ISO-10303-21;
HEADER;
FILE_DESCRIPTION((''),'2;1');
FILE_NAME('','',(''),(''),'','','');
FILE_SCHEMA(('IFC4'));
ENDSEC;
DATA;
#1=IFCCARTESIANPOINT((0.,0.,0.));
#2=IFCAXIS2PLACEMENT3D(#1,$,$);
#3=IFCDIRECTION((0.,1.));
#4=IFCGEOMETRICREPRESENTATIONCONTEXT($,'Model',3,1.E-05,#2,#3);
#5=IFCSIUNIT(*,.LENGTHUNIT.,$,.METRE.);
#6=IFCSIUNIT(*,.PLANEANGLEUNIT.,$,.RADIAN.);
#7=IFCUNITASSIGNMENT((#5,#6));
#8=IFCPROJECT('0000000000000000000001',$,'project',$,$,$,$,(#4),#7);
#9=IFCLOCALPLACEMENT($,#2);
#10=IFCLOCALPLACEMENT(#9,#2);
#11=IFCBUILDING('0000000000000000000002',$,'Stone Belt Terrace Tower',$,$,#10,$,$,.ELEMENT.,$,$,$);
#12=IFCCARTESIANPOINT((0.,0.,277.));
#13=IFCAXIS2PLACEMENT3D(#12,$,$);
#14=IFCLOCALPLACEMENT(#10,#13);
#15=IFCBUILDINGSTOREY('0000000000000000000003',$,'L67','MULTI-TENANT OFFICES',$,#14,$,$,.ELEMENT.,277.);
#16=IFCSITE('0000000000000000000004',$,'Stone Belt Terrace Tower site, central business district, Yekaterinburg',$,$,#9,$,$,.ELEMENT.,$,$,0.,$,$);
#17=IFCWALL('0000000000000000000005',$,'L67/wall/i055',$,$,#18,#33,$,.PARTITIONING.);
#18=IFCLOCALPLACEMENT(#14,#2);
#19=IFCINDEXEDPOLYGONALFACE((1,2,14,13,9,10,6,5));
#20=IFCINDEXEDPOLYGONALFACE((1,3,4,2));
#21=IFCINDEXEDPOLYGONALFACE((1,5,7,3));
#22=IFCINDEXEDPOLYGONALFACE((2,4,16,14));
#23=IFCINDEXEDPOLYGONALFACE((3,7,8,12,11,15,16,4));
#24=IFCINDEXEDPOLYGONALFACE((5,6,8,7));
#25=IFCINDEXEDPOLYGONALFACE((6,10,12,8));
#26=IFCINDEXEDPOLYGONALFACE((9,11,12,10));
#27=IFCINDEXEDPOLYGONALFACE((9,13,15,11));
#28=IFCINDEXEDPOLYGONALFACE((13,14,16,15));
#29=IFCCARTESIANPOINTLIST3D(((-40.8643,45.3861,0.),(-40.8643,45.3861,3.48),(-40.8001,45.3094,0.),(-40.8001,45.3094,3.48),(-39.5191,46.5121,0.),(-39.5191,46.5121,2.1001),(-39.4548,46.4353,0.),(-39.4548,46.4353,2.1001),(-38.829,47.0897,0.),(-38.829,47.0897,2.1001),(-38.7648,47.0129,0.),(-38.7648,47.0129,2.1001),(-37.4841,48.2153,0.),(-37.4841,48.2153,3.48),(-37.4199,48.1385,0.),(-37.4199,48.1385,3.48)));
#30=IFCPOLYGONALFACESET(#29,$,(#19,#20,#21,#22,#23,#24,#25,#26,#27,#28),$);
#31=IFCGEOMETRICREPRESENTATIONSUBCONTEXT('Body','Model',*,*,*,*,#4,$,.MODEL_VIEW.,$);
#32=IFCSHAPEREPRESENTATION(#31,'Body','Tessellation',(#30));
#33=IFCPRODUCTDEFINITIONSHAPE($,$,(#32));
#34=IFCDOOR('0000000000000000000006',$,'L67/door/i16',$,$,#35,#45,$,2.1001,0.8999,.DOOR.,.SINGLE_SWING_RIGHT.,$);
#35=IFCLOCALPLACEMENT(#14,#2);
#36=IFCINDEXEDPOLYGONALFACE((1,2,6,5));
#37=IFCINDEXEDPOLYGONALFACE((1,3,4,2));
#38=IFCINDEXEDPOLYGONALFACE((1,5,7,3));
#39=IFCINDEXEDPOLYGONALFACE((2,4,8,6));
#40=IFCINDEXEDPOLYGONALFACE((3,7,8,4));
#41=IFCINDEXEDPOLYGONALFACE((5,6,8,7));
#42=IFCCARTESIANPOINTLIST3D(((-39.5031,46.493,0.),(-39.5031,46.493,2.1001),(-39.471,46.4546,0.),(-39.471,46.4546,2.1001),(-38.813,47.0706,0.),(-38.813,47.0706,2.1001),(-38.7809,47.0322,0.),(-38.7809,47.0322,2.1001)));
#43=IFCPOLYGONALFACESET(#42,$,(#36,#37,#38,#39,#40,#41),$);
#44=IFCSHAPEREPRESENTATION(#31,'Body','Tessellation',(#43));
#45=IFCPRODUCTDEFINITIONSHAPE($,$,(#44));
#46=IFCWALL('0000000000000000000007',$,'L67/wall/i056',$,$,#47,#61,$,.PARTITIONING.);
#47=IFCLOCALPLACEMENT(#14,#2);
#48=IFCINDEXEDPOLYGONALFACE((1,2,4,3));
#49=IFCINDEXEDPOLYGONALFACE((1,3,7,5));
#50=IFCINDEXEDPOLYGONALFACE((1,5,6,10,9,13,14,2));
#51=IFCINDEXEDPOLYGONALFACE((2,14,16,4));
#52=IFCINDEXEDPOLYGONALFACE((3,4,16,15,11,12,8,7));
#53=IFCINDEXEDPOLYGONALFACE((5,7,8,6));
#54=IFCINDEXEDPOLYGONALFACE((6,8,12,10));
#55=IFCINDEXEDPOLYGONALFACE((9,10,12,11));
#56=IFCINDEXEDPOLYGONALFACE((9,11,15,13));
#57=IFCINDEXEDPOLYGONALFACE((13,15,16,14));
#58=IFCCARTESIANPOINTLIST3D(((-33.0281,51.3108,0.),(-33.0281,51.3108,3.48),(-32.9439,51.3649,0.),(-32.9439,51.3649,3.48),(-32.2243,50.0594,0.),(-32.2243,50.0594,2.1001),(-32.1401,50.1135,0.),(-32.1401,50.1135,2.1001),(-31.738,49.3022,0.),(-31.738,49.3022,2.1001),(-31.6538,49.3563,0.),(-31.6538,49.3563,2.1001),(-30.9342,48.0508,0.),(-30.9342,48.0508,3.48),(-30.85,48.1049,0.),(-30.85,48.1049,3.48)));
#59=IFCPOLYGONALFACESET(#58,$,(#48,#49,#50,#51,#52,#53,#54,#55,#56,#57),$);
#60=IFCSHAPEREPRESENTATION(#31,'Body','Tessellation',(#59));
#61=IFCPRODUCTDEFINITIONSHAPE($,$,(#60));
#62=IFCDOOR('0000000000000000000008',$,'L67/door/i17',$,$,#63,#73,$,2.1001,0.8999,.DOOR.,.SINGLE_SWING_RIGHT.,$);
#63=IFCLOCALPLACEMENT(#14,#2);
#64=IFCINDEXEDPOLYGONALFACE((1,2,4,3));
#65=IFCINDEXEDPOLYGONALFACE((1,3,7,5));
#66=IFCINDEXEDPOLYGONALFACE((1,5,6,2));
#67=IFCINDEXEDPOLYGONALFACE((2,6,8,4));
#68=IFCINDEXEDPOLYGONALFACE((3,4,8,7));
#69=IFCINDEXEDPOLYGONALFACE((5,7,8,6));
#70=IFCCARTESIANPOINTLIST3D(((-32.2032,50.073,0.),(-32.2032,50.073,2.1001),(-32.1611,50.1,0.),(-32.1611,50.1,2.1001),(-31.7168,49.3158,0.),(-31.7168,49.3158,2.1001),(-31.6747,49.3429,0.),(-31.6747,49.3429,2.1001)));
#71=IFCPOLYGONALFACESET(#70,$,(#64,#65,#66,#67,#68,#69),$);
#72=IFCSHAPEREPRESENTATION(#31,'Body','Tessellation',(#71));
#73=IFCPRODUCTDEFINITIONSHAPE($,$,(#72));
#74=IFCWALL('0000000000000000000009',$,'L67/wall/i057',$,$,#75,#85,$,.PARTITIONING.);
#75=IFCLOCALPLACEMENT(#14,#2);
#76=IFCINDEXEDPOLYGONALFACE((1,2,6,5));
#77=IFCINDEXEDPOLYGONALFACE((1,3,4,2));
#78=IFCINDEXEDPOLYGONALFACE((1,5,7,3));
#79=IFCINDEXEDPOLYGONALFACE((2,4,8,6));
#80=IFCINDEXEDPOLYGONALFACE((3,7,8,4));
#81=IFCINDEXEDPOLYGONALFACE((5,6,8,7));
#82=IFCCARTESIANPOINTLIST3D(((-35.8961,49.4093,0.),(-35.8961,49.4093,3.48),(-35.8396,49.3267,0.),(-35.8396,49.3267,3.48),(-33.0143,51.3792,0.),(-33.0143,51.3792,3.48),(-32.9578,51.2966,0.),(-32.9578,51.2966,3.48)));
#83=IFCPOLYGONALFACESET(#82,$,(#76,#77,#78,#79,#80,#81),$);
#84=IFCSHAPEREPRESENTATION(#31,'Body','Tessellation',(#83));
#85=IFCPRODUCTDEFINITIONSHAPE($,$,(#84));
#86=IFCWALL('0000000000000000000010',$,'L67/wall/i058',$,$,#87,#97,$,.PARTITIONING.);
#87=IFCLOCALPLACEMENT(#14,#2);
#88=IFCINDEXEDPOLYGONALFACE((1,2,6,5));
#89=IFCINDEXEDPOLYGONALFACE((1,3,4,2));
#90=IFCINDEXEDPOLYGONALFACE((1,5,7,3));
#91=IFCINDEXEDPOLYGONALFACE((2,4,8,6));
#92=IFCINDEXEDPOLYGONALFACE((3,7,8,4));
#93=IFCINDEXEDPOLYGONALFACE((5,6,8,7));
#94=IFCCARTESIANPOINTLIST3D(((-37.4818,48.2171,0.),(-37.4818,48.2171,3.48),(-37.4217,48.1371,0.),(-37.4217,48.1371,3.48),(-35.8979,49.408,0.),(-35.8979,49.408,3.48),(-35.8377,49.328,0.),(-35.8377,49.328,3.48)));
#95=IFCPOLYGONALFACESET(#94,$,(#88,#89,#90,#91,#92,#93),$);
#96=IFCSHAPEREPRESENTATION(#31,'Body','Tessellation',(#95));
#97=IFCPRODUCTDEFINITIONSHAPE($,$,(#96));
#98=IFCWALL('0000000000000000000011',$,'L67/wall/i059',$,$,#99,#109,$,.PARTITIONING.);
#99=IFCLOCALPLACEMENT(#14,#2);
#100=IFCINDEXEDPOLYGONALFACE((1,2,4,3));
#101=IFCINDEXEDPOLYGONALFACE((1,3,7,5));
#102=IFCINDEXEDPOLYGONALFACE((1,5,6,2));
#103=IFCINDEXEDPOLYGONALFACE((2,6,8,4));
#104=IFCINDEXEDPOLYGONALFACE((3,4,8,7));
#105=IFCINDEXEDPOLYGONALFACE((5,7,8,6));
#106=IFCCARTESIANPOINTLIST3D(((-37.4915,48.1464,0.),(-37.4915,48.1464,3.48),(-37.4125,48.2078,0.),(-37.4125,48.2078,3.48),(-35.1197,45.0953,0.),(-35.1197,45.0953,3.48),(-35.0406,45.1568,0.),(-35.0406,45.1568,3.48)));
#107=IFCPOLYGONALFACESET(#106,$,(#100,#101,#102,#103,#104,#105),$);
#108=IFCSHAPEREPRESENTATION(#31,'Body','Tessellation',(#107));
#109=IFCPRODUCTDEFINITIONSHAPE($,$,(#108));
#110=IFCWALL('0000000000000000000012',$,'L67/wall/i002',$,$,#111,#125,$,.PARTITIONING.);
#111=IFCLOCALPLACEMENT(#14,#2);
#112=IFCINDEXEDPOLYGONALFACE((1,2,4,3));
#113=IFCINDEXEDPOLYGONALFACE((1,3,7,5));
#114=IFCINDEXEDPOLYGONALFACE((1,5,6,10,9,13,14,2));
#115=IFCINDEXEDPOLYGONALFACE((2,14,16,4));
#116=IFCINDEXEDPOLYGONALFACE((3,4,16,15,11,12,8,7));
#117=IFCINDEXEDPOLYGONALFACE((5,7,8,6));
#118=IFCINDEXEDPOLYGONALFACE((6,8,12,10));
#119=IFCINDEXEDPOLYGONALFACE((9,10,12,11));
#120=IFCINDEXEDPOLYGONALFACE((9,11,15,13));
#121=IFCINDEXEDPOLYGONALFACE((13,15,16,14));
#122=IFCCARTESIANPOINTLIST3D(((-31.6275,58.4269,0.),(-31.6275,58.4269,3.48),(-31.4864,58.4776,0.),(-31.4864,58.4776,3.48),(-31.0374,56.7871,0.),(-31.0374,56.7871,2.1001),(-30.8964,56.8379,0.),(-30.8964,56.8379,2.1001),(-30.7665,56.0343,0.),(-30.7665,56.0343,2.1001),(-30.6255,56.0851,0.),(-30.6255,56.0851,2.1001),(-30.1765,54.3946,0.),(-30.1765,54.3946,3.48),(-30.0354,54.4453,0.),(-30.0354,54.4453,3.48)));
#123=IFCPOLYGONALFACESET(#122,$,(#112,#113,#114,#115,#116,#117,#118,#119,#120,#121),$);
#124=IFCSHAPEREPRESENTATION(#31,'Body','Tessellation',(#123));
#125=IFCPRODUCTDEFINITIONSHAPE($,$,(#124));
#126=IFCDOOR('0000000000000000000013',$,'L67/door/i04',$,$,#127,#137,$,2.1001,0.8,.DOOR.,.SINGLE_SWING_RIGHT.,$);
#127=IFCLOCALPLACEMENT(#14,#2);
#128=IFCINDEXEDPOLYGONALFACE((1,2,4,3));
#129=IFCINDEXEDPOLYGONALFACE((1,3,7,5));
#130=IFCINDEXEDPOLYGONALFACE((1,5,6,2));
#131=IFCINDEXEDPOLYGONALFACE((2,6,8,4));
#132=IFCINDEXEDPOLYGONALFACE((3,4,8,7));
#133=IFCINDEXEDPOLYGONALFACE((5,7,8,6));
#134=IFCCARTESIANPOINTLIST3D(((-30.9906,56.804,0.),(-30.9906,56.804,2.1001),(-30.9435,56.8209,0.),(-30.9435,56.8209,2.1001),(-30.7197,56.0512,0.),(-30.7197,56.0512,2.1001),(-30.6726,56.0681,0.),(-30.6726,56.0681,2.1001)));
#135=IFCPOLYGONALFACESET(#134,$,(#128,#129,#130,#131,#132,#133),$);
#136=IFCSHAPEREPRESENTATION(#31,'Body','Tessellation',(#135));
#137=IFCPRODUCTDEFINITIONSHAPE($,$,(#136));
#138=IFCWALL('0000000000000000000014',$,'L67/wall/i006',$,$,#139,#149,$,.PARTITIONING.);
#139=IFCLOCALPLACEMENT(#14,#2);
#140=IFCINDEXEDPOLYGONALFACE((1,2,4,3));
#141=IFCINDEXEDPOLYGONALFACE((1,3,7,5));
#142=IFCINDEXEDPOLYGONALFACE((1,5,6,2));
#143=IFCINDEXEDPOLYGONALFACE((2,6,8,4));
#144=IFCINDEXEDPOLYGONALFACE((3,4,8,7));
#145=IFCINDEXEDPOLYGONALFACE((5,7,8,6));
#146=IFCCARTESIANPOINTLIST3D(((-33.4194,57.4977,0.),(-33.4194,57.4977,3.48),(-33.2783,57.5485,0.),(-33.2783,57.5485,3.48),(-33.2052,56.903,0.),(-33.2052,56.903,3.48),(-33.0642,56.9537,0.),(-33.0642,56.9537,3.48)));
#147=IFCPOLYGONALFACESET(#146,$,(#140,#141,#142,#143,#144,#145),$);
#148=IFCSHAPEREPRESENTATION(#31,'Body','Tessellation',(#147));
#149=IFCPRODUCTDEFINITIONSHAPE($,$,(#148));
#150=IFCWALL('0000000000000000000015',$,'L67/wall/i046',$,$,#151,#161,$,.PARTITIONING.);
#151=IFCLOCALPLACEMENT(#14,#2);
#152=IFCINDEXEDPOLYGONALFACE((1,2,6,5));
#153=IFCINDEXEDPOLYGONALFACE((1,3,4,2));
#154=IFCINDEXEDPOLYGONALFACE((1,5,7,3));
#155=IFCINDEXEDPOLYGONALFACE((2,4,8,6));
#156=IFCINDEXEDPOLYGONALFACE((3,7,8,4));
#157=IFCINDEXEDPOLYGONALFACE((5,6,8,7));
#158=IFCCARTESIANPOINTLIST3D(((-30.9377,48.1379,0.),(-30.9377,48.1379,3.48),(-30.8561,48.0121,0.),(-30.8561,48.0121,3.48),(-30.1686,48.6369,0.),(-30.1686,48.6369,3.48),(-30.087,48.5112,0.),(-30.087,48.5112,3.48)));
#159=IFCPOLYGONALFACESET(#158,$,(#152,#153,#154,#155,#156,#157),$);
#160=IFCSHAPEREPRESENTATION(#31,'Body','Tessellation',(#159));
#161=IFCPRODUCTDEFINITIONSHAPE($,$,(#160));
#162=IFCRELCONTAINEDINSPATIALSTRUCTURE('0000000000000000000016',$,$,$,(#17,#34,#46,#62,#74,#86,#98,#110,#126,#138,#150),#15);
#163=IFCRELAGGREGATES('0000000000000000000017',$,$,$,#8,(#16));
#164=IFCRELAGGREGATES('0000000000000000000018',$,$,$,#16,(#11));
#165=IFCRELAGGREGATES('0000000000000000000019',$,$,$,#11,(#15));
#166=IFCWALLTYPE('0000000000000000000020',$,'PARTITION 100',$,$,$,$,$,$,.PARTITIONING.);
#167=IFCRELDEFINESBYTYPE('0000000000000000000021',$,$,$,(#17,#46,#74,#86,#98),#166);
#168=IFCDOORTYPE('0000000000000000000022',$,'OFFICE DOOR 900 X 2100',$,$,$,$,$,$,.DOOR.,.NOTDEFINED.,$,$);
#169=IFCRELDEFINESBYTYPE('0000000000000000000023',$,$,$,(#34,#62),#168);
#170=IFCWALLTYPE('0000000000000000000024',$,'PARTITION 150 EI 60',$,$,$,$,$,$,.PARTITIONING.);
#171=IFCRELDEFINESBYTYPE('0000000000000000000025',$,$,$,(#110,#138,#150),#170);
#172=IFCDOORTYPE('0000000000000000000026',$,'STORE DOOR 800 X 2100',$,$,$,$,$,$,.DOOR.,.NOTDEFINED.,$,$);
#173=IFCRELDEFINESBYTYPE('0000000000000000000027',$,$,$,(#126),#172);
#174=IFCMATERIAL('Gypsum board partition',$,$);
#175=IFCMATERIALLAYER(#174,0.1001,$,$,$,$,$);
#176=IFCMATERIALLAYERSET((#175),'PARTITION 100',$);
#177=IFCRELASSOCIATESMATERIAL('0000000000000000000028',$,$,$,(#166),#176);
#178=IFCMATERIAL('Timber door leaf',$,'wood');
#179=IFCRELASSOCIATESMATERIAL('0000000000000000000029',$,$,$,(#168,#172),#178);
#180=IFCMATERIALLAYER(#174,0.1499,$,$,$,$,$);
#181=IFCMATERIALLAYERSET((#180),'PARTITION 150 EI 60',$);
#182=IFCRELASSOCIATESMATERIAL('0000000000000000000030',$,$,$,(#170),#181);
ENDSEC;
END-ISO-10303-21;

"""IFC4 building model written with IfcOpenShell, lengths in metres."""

from ifc_helpers import new_model, si_unit, direction, frame, frame_2d, origin, place, context, subcontext, project, spatial, rectangle, extrude, material, layer, layer_set, type_object, element, fill, save


model = new_model("IFC4")

# Units and contexts
model_context = context("Model", 3, precision=1e-05, world=origin(), true_north=direction((0.0, 1.0)))
body_context = subcontext(model_context, "Body", "Model", "MODEL_VIEW")
ifc_project = project(units=[si_unit("LENGTHUNIT", "METRE"), si_unit("PLANEANGLEUNIT", "RADIAN")], contexts=[model_context])

# Site, building, storey
site_placement = place(None, origin())
site = spatial("IfcSite", under=ifc_project, at=site_placement, Name="Stone Belt Terrace Tower site, central business district, Yekaterinburg", CompositionType="ELEMENT", RefElevation=0.0)
building_placement = place(site_placement, origin())
building = spatial("IfcBuilding", under=site, at=building_placement, Name="Stone Belt Terrace Tower", CompositionType="ELEMENT")
storey_placement = place(building_placement, frame((0.0, 0.0, 277.0)))
storey = spatial("IfcBuildingStorey", under=building, at=storey_placement, Name="L67", Description="MULTI-TENANT OFFICES", CompositionType="ELEMENT", Elevation=277.0)

# Walls, openings, doors
ifc_material_1 = material(Name="Gypsum board partition")
ifc_layer_1 = layer(ifc_material_1, 0.1001)
ifc_layer_set_1 = layer_set([ifc_layer_1], Name="PARTITION 100")
wall_type_1 = type_object("IfcWallType", Name="PARTITION 100", PredefinedType="PARTITIONING", material=ifc_layer_set_1)
wall_1_placement = place(storey_placement, frame((-37.4519, 48.177, 0.0), z_axis=(0.0, 0.0, 1.0), x_axis=(-0.766844, -0.641834, 0.0)))
wall_1 = element("IfcWall", 1, at=wall_1_placement, inside=storey, type_object=wall_type_1, Name="L67/wall/i055", PredefinedType="PARTITIONING", context=body_context, shape_type="SweptSolid", body=[
    extrude(rectangle(XDim=4.408, YDim=0.1001, at=frame_2d((2.2041, 0.0))), origin(), (0.0, 0.0, 1.0), 3.48),
])
opening_1_placement = place(wall_1_placement, frame((1.7539, 0.0, 0.0)))
opening_1 = element("IfcOpeningElement", 2, at=opening_1_placement, cuts=wall_1, PredefinedType="OPENING", context=body_context, shape_type="SweptSolid", body=[
    extrude(rectangle(XDim=0.8999, YDim=2.1001, at=frame_2d((0.45, 1.05))), frame((0.0, 0.0601, 0.0), z_axis=(0.0, -1.0, 0.0), x_axis=(1.0, 0.0, 0.0)), (0.0, 0.0, 1.0), 0.1201),
])
ifc_material_2 = material(Name="Timber door leaf", Category="wood")
door_type_1 = type_object("IfcDoorType", Name="OFFICE DOOR 900 X 2100", OperationType="NOTDEFINED", PredefinedType="DOOR", material=ifc_material_2)
door_1_placement = place(opening_1_placement, origin())
door_1 = element("IfcDoor", 3, at=door_1_placement, inside=storey, type_object=door_type_1, Name="L67/door/i16", OperationType="SINGLE_SWING_RIGHT", OverallHeight=2.1001, OverallWidth=0.8999, PredefinedType="DOOR", context=body_context, shape_type="SweptSolid", body=[
    extrude(rectangle(XDim=0.8999, YDim=2.1001, at=frame_2d((0.45, 1.05))), frame((0.0, 0.0249, 0.0), z_axis=(0.0, -1.0, 0.0), x_axis=(1.0, 0.0, 0.0)), (0.0, 0.0, 1.0), 0.05),
])
fill(opening_1, door_1)
wall_2_placement = place(storey_placement, frame((-30.8921, 48.0779, 0.0), z_axis=(0.0, 0.0, 1.0), x_axis=(-0.540442, 0.841381, 0.0)))
wall_2 = element("IfcWall", 4, at=wall_2_placement, inside=storey, type_object=wall_type_1, Name="L67/wall/i056", PredefinedType="PARTITIONING", context=body_context, shape_type="SweptSolid", body=[
    extrude(rectangle(XDim=3.8745, YDim=0.1001, at=frame_2d((1.9373, 0.0))), origin(), (0.0, 0.0, 1.0), 3.48),
])
opening_2_placement = place(wall_2_placement, frame((1.4873, 0.0, 0.0)))
opening_2 = element("IfcOpeningElement", 5, at=opening_2_placement, cuts=wall_2, PredefinedType="OPENING", context=body_context, shape_type="SweptSolid", body=[
    extrude(rectangle(XDim=0.8999, YDim=2.1001, at=frame_2d((0.45, 1.05))), frame((0.0, 0.0601, 0.0), z_axis=(0.0, -1.0, 0.0), x_axis=(1.0, 0.0, 0.0)), (0.0, 0.0, 1.0), 0.1201),
])
door_2_placement = place(opening_2_placement, origin())
door_2 = element("IfcDoor", 6, at=door_2_placement, inside=storey, type_object=door_type_1, Name="L67/door/i17", OperationType="SINGLE_SWING_RIGHT", OverallHeight=2.1001, OverallWidth=0.8999, PredefinedType="DOOR", context=body_context, shape_type="SweptSolid", body=[
    extrude(rectangle(XDim=0.8999, YDim=2.1001, at=frame_2d((0.45, 1.05))), frame((0.0, 0.0249, 0.0), z_axis=(0.0, -1.0, 0.0), x_axis=(1.0, 0.0, 0.0)), (0.0, 0.0, 1.0), 0.05),
])
fill(opening_2, door_2)

# Walls
wall_3_placement = place(storey_placement, frame((-32.9861, 51.3379, 0.0), z_axis=(0.0, 0.0, 1.0), x_axis=(-0.825549, -0.56433, 0.0)))
element("IfcWall", 7, at=wall_3_placement, inside=storey, type_object=wall_type_1, Name="L67/wall/i057", PredefinedType="PARTITIONING", context=body_context, shape_type="SweptSolid", body=[
    extrude(rectangle(XDim=3.4907, YDim=0.1001, at=frame_2d((1.7454, 0.0))), origin(), (0.0, 0.0, 1.0), 3.48),
])
wall_4_placement = place(storey_placement, frame((-35.8679, 49.3679, 0.0), z_axis=(0.0, 0.0, 1.0), x_axis=(-0.79929, -0.600946, 0.0)))
element("IfcWall", 8, at=wall_4_placement, inside=storey, type_object=wall_type_1, Name="L67/wall/i058", PredefinedType="PARTITIONING", context=body_context, shape_type="SweptSolid", body=[
    extrude(rectangle(XDim=1.9817, YDim=0.1001, at=frame_2d((0.9907, 0.0))), origin(), (0.0, 0.0, 1.0), 3.48),
])
wall_5_placement = place(storey_placement, frame((-37.4519, 48.177, 0.0), z_axis=(0.0, 0.0, 1.0), x_axis=(0.613748, -0.789502, 0.0)))
element("IfcWall", 9, at=wall_5_placement, inside=storey, type_object=wall_type_1, Name="L67/wall/i059", PredefinedType="PARTITIONING", context=body_context, shape_type="SweptSolid", body=[
    extrude(rectangle(XDim=3.8645, YDim=0.1001, at=frame_2d((1.9321, 0.0))), origin(), (0.0, 0.0, 1.0), 3.48),
])

# Wall, opening, door
ifc_layer_2 = layer(ifc_material_1, 0.1499)
ifc_layer_set_2 = layer_set([ifc_layer_2], Name="PARTITION 150 EI 60")
wall_type_2 = type_object("IfcWallType", Name="PARTITION 150 EI 60", PredefinedType="PARTITIONING", material=ifc_layer_set_2)
wall_6_placement = place(storey_placement, frame((-31.5569, 58.4521, 0.0), z_axis=(0.0, 0.0, 1.0), x_axis=(0.33858, -0.940938, 0.0)))
wall_6 = element("IfcWall", 10, at=wall_6_placement, inside=storey, type_object=wall_type_2, Name="L67/wall/i002", PredefinedType="PARTITIONING", context=body_context, shape_type="SweptSolid", body=[
    extrude(rectangle(XDim=4.2854, YDim=0.1499, at=frame_2d((2.1426, 0.0))), origin(), (0.0, 0.0, 1.0), 3.48),
])
opening_3_placement = place(wall_6_placement, frame((1.7427, 0.0, 0.0)))
opening_3 = element("IfcOpeningElement", 11, at=opening_3_placement, cuts=wall_6, PredefinedType="OPENING", context=body_context, shape_type="SweptSolid", body=[
    extrude(rectangle(XDim=0.8, YDim=2.1001, at=frame_2d((0.3999, 1.05))), frame((0.0, 0.085, 0.0), z_axis=(0.0, -1.0, 0.0), x_axis=(1.0, 0.0, 0.0)), (0.0, 0.0, 1.0), 0.1699),
])
door_type_2 = type_object("IfcDoorType", Name="STORE DOOR 800 X 2100", OperationType="NOTDEFINED", PredefinedType="DOOR", material=ifc_material_2)
door_3_placement = place(opening_3_placement, origin())
door_3 = element("IfcDoor", 12, at=door_3_placement, inside=storey, type_object=door_type_2, Name="L67/door/i04", OperationType="SINGLE_SWING_RIGHT", OverallHeight=2.1001, OverallWidth=0.8, PredefinedType="DOOR", context=body_context, shape_type="SweptSolid", body=[
    extrude(rectangle(XDim=0.8, YDim=2.1001, at=frame_2d((0.3999, 1.05))), frame((0.0, 0.0249, 0.0), z_axis=(0.0, -1.0, 0.0), x_axis=(1.0, 0.0, 0.0)), (0.0, 0.0, 1.0), 0.05),
])
fill(opening_3, door_3)

# Walls
wall_7_placement = place(storey_placement, frame((-33.1348, 56.9285, 0.0), z_axis=(0.0, 0.0, 1.0), x_axis=(-0.338733, 0.940882, 0.0)))
element("IfcWall", 13, at=wall_7_placement, inside=storey, type_object=wall_type_2, Name="L67/wall/i006", PredefinedType="PARTITIONING", context=body_context, shape_type="SweptSolid", body=[
    extrude(rectangle(XDim=0.6321, YDim=0.1499, at=frame_2d((0.3159, 0.0))), origin(), (0.0, 0.0, 1.0), 3.48),
])
wall_8_placement = place(storey_placement, frame((-30.897, 48.075, 0.0), z_axis=(0.0, 0.0, 1.0), x_axis=(0.838869, 0.544333, 0.0)))
element("IfcWall", 14, at=wall_8_placement, inside=storey, type_object=wall_type_2, Name="L67/wall/i046", PredefinedType="PARTITIONING", context=body_context, shape_type="SweptSolid", body=[
    extrude(rectangle(XDim=0.9167, YDim=0.1499, at=frame_2d((0.4585, 0.0))), origin(), (0.0, 0.0, 1.0), 3.48),
])

save(model, "model.ifc")
